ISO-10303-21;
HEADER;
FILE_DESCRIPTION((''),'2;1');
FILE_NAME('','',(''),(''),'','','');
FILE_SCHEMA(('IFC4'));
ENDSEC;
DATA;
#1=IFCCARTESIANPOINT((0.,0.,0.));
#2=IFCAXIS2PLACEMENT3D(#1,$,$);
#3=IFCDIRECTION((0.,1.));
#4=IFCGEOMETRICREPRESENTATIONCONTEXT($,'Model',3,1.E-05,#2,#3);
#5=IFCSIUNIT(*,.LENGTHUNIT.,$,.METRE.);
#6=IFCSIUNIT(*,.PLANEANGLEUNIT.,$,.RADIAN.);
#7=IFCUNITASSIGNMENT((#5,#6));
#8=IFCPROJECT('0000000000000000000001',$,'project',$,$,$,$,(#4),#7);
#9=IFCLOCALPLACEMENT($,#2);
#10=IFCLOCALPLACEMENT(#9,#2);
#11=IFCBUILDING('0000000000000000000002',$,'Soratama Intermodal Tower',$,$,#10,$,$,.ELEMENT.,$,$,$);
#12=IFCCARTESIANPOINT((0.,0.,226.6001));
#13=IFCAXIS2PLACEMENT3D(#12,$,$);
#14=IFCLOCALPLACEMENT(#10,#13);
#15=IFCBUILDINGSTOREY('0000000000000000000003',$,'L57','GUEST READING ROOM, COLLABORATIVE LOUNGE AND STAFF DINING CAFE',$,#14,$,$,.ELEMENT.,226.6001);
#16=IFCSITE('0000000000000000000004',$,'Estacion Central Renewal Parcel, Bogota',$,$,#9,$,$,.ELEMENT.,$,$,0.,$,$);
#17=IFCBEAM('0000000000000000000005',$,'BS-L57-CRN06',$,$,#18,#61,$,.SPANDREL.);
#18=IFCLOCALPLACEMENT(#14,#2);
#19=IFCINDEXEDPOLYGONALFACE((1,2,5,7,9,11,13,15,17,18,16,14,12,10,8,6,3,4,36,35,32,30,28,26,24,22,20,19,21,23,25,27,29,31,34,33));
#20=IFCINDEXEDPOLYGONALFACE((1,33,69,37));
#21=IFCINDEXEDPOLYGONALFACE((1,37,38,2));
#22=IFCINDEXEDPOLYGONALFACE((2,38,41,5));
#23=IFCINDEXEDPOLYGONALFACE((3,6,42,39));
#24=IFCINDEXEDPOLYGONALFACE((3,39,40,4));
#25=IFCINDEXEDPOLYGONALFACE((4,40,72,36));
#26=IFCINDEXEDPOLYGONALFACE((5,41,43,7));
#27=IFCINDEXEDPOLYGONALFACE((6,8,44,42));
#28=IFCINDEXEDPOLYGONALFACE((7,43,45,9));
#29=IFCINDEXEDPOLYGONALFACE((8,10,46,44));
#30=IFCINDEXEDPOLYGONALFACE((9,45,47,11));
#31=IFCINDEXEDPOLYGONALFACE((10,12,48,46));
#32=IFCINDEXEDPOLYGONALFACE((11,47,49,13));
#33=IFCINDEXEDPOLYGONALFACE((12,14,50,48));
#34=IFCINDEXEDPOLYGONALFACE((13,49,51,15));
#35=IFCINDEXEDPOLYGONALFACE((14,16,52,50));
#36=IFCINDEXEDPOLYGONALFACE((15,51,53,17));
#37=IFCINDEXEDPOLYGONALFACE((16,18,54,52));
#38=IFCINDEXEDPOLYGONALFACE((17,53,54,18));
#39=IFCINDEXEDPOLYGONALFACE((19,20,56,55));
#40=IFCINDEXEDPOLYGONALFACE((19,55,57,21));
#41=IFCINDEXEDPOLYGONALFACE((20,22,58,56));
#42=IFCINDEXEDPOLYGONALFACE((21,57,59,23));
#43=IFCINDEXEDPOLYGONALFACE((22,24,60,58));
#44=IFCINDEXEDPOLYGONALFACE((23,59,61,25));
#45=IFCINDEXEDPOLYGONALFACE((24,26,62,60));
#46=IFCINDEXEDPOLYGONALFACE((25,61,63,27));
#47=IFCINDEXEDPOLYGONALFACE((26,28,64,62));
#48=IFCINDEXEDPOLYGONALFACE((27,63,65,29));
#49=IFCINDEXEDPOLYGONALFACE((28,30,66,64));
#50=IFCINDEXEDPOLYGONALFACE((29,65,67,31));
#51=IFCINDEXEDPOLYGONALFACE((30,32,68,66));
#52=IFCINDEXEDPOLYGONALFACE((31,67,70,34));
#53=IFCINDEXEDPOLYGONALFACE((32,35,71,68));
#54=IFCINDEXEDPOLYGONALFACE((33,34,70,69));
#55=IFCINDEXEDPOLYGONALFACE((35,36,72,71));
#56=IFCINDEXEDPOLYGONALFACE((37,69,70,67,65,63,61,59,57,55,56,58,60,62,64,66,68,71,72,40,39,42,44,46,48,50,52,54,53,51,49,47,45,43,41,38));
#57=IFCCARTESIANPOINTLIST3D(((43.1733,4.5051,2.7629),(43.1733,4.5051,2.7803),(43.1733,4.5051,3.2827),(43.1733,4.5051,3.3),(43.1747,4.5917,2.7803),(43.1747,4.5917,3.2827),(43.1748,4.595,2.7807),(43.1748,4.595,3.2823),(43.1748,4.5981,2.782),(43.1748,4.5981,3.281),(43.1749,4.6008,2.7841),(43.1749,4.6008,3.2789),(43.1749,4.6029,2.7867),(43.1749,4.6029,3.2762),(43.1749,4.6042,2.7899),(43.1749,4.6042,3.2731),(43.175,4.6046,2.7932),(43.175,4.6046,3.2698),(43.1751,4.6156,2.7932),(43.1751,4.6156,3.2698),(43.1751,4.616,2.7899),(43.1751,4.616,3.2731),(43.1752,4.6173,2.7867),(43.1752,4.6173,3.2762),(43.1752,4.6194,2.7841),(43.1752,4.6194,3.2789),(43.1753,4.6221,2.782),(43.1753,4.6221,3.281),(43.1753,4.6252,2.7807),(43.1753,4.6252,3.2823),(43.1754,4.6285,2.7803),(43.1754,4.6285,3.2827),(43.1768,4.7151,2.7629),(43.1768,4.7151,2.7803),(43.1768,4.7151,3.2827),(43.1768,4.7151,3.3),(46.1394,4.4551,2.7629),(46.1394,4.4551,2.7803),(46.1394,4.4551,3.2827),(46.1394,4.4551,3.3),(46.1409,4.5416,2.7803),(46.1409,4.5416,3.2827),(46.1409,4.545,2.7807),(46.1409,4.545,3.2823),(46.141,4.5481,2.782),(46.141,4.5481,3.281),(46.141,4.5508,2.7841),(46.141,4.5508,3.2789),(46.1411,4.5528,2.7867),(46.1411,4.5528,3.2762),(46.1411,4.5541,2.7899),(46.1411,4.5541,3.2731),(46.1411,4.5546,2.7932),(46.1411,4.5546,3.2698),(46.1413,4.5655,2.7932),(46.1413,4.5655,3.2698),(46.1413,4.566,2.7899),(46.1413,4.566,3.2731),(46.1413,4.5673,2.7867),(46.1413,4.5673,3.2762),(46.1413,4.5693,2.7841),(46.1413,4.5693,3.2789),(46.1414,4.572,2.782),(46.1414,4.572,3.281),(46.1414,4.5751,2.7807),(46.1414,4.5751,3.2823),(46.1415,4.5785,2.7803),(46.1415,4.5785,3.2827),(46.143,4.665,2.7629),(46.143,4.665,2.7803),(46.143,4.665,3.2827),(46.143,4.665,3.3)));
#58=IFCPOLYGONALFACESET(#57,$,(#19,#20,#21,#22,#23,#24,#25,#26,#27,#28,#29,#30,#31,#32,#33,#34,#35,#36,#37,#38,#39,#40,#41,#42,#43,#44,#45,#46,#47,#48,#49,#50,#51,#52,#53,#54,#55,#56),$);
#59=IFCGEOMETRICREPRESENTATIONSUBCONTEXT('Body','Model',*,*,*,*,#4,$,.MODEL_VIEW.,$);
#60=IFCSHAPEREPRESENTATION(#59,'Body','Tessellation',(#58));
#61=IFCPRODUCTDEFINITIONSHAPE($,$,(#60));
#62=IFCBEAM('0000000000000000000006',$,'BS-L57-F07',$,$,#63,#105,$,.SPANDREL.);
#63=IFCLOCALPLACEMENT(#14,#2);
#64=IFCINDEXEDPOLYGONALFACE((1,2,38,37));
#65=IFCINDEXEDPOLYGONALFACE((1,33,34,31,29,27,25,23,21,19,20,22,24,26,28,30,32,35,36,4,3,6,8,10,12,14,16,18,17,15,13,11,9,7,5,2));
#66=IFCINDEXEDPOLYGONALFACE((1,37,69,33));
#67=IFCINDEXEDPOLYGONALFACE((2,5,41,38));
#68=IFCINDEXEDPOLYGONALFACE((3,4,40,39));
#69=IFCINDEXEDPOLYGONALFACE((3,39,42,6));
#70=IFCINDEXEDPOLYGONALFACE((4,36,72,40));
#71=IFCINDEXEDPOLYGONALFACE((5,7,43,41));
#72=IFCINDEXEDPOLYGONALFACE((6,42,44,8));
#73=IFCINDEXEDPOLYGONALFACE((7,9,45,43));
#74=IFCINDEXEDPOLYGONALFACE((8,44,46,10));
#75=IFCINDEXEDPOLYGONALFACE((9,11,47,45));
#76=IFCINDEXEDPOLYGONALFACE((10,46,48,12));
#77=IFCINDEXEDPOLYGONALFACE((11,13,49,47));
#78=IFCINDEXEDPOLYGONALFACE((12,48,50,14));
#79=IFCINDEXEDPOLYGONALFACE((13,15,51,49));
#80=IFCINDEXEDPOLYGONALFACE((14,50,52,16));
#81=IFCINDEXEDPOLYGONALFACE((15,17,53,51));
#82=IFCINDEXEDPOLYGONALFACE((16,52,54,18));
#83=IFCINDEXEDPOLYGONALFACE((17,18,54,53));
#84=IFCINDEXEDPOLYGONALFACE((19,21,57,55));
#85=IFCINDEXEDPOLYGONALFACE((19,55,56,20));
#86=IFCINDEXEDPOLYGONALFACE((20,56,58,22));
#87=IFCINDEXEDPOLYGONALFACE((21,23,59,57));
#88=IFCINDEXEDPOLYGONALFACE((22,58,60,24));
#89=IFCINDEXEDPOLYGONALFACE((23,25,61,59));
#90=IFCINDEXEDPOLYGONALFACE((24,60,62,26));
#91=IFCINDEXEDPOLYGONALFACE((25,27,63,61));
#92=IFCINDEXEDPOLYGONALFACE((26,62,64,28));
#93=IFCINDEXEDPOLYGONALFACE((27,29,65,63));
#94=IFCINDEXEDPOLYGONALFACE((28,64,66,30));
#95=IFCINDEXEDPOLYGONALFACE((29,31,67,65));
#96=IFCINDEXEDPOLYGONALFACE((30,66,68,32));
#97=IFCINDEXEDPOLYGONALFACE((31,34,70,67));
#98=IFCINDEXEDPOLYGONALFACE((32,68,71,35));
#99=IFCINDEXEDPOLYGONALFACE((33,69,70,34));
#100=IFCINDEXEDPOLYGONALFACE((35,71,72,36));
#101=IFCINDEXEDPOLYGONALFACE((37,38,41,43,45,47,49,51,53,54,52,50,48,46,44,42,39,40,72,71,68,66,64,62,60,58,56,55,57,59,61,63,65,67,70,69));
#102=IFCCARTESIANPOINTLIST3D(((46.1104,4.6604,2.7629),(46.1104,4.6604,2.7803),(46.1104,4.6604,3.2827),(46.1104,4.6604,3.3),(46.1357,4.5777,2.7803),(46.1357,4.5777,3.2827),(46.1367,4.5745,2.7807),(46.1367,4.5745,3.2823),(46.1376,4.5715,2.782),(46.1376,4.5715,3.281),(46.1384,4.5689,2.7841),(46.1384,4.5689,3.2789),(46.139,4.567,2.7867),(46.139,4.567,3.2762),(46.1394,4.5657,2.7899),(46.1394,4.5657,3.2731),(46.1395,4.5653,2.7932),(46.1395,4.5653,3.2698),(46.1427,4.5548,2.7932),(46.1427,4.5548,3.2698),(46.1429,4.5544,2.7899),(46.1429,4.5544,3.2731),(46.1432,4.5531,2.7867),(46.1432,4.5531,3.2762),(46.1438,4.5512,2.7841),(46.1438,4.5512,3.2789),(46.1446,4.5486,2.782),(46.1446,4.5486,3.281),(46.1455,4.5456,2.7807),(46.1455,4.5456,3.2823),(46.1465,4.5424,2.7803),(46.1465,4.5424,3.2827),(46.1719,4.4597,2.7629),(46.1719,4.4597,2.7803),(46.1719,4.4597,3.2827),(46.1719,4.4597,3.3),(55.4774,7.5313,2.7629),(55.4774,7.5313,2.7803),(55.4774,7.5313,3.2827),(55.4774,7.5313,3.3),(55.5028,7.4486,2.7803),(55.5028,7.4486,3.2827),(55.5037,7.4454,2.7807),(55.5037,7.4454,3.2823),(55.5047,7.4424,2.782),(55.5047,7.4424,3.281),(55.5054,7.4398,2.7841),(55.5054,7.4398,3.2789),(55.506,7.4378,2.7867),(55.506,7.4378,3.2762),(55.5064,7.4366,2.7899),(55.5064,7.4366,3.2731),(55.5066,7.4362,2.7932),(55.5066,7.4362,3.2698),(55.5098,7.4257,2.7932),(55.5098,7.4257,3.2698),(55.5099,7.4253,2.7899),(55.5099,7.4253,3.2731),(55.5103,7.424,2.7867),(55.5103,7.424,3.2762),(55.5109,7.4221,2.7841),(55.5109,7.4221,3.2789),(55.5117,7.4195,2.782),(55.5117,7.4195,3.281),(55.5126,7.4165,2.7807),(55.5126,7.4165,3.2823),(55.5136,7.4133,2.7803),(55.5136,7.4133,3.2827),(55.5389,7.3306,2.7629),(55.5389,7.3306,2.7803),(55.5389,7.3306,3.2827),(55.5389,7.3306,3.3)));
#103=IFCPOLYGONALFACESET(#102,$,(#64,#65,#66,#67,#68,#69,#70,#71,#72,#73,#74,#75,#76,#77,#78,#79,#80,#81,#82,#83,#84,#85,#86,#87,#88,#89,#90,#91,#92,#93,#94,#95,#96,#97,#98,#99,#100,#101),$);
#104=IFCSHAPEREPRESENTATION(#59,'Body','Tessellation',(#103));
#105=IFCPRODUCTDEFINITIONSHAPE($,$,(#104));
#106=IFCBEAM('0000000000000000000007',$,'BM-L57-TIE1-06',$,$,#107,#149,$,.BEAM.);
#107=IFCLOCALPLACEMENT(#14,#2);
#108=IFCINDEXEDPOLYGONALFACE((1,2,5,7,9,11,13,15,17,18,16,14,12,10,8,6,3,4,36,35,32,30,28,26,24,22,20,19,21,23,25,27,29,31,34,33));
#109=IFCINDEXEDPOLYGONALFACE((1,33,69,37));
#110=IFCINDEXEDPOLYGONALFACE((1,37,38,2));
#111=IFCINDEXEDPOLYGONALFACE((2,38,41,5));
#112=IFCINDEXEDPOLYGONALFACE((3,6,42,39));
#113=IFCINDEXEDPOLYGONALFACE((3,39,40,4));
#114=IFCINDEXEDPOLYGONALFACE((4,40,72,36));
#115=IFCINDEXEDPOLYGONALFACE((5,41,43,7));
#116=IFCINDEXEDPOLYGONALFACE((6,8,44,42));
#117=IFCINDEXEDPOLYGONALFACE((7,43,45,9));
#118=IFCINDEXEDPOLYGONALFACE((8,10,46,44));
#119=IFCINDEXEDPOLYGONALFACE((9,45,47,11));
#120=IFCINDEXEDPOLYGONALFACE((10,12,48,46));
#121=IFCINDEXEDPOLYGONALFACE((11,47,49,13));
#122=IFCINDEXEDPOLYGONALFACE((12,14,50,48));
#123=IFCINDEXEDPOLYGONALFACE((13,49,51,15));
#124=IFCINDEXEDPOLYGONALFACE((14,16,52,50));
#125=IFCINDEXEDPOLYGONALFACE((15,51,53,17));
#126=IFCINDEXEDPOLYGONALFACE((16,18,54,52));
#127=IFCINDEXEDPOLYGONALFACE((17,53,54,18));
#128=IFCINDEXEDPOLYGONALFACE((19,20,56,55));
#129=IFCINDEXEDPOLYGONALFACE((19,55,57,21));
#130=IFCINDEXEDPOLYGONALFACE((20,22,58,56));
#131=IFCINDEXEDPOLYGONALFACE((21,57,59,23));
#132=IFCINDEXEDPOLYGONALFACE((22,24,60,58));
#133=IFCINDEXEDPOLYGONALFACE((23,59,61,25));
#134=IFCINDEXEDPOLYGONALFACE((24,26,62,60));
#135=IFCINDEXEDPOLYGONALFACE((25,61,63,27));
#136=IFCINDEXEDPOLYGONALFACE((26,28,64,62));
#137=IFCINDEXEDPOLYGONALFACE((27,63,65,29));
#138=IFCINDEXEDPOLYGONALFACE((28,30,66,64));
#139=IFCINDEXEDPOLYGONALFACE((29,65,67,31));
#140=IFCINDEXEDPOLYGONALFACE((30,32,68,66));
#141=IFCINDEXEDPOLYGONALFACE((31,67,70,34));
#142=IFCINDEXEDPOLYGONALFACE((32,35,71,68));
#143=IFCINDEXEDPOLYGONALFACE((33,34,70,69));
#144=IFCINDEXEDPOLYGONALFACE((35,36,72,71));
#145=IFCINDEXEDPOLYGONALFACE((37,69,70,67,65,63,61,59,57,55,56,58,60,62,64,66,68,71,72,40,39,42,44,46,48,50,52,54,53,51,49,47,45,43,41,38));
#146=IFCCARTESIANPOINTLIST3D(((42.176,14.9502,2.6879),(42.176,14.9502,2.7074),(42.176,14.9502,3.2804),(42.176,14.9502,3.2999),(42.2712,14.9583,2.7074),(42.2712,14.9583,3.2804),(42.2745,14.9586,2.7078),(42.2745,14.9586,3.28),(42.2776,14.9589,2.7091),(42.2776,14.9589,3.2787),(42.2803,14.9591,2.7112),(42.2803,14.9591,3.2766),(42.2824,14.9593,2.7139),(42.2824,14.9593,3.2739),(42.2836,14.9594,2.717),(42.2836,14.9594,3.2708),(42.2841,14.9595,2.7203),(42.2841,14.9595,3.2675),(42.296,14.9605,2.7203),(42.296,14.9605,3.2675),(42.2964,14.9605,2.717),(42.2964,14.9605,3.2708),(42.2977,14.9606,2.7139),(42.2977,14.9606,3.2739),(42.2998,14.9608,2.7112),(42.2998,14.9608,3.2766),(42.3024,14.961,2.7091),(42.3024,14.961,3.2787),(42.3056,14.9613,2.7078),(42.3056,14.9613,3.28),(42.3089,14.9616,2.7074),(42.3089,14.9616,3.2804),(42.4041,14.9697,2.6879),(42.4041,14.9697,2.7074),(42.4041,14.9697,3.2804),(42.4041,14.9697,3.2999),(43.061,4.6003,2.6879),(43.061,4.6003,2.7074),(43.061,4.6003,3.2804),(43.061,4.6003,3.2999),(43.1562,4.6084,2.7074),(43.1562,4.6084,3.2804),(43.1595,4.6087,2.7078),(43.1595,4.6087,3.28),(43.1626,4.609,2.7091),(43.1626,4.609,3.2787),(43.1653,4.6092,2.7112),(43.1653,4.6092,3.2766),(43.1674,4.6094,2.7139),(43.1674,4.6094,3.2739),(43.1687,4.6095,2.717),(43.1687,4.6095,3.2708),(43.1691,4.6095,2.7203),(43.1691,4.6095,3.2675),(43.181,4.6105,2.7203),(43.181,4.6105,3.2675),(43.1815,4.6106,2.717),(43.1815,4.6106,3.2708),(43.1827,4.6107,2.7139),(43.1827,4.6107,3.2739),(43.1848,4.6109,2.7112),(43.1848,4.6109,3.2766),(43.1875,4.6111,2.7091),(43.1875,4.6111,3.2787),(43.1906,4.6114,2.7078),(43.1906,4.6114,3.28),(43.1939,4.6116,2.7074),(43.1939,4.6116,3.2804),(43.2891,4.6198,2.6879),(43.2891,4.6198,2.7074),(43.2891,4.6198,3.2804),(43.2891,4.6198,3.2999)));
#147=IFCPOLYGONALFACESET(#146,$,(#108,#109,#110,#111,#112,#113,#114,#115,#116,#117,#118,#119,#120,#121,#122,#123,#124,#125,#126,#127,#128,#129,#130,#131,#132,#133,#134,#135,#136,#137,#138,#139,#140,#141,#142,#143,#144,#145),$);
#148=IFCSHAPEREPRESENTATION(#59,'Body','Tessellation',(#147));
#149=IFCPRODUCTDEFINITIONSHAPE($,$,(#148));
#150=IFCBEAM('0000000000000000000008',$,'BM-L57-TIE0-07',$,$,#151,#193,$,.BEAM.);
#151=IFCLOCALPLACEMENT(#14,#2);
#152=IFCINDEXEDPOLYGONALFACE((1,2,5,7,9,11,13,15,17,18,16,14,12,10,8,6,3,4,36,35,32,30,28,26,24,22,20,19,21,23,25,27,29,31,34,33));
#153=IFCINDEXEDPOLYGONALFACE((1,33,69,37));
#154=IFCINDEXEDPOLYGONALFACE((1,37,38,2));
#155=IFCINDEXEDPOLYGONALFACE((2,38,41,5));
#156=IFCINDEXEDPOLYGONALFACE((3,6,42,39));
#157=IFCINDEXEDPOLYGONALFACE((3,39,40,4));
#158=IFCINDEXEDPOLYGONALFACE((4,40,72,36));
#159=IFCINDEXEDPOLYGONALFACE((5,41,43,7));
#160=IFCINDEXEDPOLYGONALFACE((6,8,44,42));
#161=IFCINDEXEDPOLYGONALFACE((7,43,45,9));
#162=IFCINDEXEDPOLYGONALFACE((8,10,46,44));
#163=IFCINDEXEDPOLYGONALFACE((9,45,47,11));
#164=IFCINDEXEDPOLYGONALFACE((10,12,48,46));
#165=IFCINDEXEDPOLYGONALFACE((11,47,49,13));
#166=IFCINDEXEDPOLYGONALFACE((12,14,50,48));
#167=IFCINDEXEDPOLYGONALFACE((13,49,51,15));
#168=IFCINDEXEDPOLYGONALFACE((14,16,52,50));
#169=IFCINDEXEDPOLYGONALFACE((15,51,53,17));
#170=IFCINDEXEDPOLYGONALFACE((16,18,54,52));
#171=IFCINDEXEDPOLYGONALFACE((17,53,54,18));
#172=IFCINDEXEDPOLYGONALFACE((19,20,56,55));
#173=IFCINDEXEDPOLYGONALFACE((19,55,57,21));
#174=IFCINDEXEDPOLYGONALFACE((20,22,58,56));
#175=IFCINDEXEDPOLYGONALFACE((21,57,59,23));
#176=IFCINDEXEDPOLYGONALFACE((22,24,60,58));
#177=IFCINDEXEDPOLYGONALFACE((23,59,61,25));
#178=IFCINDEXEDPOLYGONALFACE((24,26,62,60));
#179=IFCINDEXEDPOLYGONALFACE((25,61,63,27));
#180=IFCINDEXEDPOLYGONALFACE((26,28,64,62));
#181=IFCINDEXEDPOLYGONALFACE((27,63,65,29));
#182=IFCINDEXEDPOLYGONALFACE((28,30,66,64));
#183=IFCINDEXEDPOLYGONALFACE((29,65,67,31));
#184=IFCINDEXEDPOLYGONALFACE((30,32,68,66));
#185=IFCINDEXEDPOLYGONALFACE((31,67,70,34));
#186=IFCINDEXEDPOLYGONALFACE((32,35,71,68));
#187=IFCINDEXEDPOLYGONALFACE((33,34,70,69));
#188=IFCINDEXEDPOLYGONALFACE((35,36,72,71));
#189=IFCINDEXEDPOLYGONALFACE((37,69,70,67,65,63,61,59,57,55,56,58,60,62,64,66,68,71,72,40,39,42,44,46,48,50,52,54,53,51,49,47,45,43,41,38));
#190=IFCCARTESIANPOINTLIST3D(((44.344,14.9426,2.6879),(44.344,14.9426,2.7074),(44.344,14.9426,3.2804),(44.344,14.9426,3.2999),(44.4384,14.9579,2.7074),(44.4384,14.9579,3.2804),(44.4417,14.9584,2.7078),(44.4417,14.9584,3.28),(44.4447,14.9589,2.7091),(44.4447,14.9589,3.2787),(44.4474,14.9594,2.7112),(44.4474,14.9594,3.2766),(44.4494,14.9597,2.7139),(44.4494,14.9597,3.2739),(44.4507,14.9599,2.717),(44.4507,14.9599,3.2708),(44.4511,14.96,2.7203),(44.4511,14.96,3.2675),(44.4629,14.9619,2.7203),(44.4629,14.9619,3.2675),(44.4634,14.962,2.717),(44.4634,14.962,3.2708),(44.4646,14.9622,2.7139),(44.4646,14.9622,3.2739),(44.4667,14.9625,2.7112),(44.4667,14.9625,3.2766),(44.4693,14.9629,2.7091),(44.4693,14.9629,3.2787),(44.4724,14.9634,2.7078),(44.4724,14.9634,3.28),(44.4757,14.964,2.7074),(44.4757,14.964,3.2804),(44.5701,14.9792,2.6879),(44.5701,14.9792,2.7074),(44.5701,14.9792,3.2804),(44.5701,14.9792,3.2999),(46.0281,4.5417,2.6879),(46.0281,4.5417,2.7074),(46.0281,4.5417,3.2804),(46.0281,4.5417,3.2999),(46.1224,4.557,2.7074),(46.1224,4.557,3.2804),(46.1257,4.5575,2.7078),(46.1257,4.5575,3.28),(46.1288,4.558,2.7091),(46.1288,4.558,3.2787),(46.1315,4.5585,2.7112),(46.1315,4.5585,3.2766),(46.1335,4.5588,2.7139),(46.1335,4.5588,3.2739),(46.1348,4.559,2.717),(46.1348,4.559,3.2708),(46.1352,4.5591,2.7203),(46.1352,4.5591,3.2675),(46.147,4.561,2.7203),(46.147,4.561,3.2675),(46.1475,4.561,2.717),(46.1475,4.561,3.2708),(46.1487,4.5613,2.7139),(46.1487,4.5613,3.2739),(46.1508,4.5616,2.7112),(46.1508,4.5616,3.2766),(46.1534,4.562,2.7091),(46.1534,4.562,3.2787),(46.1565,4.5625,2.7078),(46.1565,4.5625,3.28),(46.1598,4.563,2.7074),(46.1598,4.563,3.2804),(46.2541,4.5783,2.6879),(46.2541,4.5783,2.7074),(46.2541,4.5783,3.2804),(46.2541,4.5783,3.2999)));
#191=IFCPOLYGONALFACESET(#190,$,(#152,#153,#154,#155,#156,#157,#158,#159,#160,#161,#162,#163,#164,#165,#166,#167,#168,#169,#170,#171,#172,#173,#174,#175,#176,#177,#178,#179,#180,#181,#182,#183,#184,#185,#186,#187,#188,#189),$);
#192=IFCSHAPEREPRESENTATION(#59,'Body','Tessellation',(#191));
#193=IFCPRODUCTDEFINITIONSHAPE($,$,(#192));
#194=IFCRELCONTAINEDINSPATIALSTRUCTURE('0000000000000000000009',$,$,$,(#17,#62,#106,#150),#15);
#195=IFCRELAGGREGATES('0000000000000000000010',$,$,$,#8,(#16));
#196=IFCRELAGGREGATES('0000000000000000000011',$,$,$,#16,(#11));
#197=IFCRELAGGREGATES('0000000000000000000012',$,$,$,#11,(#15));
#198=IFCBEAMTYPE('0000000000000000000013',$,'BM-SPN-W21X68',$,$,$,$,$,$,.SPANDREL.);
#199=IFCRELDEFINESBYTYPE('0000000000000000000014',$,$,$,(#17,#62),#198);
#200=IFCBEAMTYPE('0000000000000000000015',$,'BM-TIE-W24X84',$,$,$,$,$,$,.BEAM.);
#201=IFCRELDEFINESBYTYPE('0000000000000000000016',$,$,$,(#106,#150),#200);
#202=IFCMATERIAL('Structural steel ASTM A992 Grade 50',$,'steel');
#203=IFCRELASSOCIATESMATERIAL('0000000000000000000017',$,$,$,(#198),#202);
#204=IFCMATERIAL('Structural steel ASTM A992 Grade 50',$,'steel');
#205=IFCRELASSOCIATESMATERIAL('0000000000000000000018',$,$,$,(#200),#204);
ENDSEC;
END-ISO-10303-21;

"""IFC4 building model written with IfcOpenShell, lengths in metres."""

from ifc_helpers import new_model, si_unit, direction, frame, origin, origin_2d, place, context, subcontext, project, spatial, i_section, extrude, material, material_profile, profile_set, type_object, element, save


model = new_model("IFC4")

# Units and contexts
model_context = context("Model", 3, precision=1e-05, world=origin(), true_north=direction((0.0, 1.0)))
body_context = subcontext(model_context, "Body", "Model", "MODEL_VIEW")
ifc_project = project(units=[si_unit("LENGTHUNIT", "METRE"), si_unit("PLANEANGLEUNIT", "RADIAN")], contexts=[model_context])

# Site, building, storey
site_placement = place(None, origin())
site = spatial("IfcSite", under=ifc_project, at=site_placement, Name="Estacion Central Renewal Parcel, Bogota", CompositionType="ELEMENT", RefElevation=0.0)
building_placement = place(site_placement, origin())
building = spatial("IfcBuilding", under=site, at=building_placement, Name="Soratama Intermodal Tower", CompositionType="ELEMENT")
storey_placement = place(building_placement, frame((0.0, 0.0, 226.6001)))
storey = spatial("IfcBuildingStorey", under=building, at=storey_placement, Name="L57", Description="GUEST READING ROOM, COLLABORATIVE LOUNGE AND STAFF DINING CAFE", CompositionType="ELEMENT", Elevation=226.6001)

# Beams
ifc_material_1 = material(Name="Structural steel ASTM A992 Grade 50", Category="steel")
ifc_material_profile_1 = material_profile(ifc_material_1, i_section(OverallWidth=0.21, OverallDepth=0.5371, WebThickness=0.011, FlangeThickness=0.0173, FilletRadius=0.0129, at=origin_2d()), Name="W21X68")
ifc_profile_set_1 = profile_set([ifc_material_profile_1], Name="Structural steel ASTM A992 Grade 50")
beam_type_1 = type_object("IfcBeamType", Name="BM-SPN-W21X68", PredefinedType="SPANDREL", material=ifc_profile_set_1)
beam_1_placement = place(storey_placement, frame((43.175, 4.6101, 3.0315), z_axis=(0.999858, -0.016871, 0.0), x_axis=(0.016871, 0.999858, 0.0)))
element("IfcBeam", 1, at=beam_1_placement, inside=storey, type_object=beam_type_1, Name="BS-L57-CRN06", PredefinedType="SPANDREL", context=body_context, shape_type="SweptSolid", body=[
    extrude(i_section(OverallWidth=0.21, OverallDepth=0.5371, WebThickness=0.011, FlangeThickness=0.0173, FilletRadius=0.0129, at=origin_2d()), origin(), (0.0, 0.0, 1.0), 2.9666),
])
beam_2_placement = place(storey_placement, frame((46.1411, 4.5601, 3.0315), z_axis=(0.956102, 0.293033, 0.0), x_axis=(-0.293033, 0.956102, 0.0)))
element("IfcBeam", 2, at=beam_2_placement, inside=storey, type_object=beam_type_1, Name="BS-L57-F07", PredefinedType="SPANDREL", context=body_context, shape_type="SweptSolid", body=[
    extrude(i_section(OverallWidth=0.21, OverallDepth=0.5371, WebThickness=0.011, FlangeThickness=0.0173, FilletRadius=0.0129, at=origin_2d()), origin(), (0.0, 0.0, 1.0), 9.7971),
])
ifc_material_2 = material(Name="Structural steel ASTM A992 Grade 50", Category="steel")
ifc_material_profile_2 = material_profile(ifc_material_2, i_section(OverallWidth=0.229, OverallDepth=0.6121, WebThickness=0.012, FlangeThickness=0.0195, FilletRadius=0.0129, at=origin_2d()), Name="W24X84")
ifc_profile_set_2 = profile_set([ifc_material_profile_2], Name="Structural steel ASTM A992 Grade 50")
beam_type_2 = type_object("IfcBeamType", Name="BM-TIE-W24X84", PredefinedType="BEAM", material=ifc_profile_set_2)
beam_3_placement = place(storey_placement, frame((42.29, 14.96, 2.9939), z_axis=(0.085198, -0.996364, 0.0), x_axis=(0.996364, 0.085198, 0.0)))
element("IfcBeam", 3, at=beam_3_placement, inside=storey, type_object=beam_type_2, Name="BM-L57-TIE1-06", PredefinedType="BEAM", context=body_context, shape_type="SweptSolid", body=[
    extrude(i_section(OverallWidth=0.229, OverallDepth=0.6121, WebThickness=0.012, FlangeThickness=0.0195, FilletRadius=0.0129, at=origin_2d()), origin(), (0.0, 0.0, 1.0), 10.3877),
])
beam_4_placement = place(storey_placement, frame((44.457, 14.9609, 2.9939), z_axis=(0.159836, -0.987144, 0.0), x_axis=(0.987144, 0.159836, 0.0)))
element("IfcBeam", 4, at=beam_4_placement, inside=storey, type_object=beam_type_2, Name="BM-L57-TIE0-07", PredefinedType="BEAM", context=body_context, shape_type="SweptSolid", body=[
    extrude(i_section(OverallWidth=0.229, OverallDepth=0.6121, WebThickness=0.012, FlangeThickness=0.0195, FilletRadius=0.0129, at=origin_2d()), origin(), (0.0, 0.0, 1.0), 10.5364),
])

save(model, "model.ifc")
